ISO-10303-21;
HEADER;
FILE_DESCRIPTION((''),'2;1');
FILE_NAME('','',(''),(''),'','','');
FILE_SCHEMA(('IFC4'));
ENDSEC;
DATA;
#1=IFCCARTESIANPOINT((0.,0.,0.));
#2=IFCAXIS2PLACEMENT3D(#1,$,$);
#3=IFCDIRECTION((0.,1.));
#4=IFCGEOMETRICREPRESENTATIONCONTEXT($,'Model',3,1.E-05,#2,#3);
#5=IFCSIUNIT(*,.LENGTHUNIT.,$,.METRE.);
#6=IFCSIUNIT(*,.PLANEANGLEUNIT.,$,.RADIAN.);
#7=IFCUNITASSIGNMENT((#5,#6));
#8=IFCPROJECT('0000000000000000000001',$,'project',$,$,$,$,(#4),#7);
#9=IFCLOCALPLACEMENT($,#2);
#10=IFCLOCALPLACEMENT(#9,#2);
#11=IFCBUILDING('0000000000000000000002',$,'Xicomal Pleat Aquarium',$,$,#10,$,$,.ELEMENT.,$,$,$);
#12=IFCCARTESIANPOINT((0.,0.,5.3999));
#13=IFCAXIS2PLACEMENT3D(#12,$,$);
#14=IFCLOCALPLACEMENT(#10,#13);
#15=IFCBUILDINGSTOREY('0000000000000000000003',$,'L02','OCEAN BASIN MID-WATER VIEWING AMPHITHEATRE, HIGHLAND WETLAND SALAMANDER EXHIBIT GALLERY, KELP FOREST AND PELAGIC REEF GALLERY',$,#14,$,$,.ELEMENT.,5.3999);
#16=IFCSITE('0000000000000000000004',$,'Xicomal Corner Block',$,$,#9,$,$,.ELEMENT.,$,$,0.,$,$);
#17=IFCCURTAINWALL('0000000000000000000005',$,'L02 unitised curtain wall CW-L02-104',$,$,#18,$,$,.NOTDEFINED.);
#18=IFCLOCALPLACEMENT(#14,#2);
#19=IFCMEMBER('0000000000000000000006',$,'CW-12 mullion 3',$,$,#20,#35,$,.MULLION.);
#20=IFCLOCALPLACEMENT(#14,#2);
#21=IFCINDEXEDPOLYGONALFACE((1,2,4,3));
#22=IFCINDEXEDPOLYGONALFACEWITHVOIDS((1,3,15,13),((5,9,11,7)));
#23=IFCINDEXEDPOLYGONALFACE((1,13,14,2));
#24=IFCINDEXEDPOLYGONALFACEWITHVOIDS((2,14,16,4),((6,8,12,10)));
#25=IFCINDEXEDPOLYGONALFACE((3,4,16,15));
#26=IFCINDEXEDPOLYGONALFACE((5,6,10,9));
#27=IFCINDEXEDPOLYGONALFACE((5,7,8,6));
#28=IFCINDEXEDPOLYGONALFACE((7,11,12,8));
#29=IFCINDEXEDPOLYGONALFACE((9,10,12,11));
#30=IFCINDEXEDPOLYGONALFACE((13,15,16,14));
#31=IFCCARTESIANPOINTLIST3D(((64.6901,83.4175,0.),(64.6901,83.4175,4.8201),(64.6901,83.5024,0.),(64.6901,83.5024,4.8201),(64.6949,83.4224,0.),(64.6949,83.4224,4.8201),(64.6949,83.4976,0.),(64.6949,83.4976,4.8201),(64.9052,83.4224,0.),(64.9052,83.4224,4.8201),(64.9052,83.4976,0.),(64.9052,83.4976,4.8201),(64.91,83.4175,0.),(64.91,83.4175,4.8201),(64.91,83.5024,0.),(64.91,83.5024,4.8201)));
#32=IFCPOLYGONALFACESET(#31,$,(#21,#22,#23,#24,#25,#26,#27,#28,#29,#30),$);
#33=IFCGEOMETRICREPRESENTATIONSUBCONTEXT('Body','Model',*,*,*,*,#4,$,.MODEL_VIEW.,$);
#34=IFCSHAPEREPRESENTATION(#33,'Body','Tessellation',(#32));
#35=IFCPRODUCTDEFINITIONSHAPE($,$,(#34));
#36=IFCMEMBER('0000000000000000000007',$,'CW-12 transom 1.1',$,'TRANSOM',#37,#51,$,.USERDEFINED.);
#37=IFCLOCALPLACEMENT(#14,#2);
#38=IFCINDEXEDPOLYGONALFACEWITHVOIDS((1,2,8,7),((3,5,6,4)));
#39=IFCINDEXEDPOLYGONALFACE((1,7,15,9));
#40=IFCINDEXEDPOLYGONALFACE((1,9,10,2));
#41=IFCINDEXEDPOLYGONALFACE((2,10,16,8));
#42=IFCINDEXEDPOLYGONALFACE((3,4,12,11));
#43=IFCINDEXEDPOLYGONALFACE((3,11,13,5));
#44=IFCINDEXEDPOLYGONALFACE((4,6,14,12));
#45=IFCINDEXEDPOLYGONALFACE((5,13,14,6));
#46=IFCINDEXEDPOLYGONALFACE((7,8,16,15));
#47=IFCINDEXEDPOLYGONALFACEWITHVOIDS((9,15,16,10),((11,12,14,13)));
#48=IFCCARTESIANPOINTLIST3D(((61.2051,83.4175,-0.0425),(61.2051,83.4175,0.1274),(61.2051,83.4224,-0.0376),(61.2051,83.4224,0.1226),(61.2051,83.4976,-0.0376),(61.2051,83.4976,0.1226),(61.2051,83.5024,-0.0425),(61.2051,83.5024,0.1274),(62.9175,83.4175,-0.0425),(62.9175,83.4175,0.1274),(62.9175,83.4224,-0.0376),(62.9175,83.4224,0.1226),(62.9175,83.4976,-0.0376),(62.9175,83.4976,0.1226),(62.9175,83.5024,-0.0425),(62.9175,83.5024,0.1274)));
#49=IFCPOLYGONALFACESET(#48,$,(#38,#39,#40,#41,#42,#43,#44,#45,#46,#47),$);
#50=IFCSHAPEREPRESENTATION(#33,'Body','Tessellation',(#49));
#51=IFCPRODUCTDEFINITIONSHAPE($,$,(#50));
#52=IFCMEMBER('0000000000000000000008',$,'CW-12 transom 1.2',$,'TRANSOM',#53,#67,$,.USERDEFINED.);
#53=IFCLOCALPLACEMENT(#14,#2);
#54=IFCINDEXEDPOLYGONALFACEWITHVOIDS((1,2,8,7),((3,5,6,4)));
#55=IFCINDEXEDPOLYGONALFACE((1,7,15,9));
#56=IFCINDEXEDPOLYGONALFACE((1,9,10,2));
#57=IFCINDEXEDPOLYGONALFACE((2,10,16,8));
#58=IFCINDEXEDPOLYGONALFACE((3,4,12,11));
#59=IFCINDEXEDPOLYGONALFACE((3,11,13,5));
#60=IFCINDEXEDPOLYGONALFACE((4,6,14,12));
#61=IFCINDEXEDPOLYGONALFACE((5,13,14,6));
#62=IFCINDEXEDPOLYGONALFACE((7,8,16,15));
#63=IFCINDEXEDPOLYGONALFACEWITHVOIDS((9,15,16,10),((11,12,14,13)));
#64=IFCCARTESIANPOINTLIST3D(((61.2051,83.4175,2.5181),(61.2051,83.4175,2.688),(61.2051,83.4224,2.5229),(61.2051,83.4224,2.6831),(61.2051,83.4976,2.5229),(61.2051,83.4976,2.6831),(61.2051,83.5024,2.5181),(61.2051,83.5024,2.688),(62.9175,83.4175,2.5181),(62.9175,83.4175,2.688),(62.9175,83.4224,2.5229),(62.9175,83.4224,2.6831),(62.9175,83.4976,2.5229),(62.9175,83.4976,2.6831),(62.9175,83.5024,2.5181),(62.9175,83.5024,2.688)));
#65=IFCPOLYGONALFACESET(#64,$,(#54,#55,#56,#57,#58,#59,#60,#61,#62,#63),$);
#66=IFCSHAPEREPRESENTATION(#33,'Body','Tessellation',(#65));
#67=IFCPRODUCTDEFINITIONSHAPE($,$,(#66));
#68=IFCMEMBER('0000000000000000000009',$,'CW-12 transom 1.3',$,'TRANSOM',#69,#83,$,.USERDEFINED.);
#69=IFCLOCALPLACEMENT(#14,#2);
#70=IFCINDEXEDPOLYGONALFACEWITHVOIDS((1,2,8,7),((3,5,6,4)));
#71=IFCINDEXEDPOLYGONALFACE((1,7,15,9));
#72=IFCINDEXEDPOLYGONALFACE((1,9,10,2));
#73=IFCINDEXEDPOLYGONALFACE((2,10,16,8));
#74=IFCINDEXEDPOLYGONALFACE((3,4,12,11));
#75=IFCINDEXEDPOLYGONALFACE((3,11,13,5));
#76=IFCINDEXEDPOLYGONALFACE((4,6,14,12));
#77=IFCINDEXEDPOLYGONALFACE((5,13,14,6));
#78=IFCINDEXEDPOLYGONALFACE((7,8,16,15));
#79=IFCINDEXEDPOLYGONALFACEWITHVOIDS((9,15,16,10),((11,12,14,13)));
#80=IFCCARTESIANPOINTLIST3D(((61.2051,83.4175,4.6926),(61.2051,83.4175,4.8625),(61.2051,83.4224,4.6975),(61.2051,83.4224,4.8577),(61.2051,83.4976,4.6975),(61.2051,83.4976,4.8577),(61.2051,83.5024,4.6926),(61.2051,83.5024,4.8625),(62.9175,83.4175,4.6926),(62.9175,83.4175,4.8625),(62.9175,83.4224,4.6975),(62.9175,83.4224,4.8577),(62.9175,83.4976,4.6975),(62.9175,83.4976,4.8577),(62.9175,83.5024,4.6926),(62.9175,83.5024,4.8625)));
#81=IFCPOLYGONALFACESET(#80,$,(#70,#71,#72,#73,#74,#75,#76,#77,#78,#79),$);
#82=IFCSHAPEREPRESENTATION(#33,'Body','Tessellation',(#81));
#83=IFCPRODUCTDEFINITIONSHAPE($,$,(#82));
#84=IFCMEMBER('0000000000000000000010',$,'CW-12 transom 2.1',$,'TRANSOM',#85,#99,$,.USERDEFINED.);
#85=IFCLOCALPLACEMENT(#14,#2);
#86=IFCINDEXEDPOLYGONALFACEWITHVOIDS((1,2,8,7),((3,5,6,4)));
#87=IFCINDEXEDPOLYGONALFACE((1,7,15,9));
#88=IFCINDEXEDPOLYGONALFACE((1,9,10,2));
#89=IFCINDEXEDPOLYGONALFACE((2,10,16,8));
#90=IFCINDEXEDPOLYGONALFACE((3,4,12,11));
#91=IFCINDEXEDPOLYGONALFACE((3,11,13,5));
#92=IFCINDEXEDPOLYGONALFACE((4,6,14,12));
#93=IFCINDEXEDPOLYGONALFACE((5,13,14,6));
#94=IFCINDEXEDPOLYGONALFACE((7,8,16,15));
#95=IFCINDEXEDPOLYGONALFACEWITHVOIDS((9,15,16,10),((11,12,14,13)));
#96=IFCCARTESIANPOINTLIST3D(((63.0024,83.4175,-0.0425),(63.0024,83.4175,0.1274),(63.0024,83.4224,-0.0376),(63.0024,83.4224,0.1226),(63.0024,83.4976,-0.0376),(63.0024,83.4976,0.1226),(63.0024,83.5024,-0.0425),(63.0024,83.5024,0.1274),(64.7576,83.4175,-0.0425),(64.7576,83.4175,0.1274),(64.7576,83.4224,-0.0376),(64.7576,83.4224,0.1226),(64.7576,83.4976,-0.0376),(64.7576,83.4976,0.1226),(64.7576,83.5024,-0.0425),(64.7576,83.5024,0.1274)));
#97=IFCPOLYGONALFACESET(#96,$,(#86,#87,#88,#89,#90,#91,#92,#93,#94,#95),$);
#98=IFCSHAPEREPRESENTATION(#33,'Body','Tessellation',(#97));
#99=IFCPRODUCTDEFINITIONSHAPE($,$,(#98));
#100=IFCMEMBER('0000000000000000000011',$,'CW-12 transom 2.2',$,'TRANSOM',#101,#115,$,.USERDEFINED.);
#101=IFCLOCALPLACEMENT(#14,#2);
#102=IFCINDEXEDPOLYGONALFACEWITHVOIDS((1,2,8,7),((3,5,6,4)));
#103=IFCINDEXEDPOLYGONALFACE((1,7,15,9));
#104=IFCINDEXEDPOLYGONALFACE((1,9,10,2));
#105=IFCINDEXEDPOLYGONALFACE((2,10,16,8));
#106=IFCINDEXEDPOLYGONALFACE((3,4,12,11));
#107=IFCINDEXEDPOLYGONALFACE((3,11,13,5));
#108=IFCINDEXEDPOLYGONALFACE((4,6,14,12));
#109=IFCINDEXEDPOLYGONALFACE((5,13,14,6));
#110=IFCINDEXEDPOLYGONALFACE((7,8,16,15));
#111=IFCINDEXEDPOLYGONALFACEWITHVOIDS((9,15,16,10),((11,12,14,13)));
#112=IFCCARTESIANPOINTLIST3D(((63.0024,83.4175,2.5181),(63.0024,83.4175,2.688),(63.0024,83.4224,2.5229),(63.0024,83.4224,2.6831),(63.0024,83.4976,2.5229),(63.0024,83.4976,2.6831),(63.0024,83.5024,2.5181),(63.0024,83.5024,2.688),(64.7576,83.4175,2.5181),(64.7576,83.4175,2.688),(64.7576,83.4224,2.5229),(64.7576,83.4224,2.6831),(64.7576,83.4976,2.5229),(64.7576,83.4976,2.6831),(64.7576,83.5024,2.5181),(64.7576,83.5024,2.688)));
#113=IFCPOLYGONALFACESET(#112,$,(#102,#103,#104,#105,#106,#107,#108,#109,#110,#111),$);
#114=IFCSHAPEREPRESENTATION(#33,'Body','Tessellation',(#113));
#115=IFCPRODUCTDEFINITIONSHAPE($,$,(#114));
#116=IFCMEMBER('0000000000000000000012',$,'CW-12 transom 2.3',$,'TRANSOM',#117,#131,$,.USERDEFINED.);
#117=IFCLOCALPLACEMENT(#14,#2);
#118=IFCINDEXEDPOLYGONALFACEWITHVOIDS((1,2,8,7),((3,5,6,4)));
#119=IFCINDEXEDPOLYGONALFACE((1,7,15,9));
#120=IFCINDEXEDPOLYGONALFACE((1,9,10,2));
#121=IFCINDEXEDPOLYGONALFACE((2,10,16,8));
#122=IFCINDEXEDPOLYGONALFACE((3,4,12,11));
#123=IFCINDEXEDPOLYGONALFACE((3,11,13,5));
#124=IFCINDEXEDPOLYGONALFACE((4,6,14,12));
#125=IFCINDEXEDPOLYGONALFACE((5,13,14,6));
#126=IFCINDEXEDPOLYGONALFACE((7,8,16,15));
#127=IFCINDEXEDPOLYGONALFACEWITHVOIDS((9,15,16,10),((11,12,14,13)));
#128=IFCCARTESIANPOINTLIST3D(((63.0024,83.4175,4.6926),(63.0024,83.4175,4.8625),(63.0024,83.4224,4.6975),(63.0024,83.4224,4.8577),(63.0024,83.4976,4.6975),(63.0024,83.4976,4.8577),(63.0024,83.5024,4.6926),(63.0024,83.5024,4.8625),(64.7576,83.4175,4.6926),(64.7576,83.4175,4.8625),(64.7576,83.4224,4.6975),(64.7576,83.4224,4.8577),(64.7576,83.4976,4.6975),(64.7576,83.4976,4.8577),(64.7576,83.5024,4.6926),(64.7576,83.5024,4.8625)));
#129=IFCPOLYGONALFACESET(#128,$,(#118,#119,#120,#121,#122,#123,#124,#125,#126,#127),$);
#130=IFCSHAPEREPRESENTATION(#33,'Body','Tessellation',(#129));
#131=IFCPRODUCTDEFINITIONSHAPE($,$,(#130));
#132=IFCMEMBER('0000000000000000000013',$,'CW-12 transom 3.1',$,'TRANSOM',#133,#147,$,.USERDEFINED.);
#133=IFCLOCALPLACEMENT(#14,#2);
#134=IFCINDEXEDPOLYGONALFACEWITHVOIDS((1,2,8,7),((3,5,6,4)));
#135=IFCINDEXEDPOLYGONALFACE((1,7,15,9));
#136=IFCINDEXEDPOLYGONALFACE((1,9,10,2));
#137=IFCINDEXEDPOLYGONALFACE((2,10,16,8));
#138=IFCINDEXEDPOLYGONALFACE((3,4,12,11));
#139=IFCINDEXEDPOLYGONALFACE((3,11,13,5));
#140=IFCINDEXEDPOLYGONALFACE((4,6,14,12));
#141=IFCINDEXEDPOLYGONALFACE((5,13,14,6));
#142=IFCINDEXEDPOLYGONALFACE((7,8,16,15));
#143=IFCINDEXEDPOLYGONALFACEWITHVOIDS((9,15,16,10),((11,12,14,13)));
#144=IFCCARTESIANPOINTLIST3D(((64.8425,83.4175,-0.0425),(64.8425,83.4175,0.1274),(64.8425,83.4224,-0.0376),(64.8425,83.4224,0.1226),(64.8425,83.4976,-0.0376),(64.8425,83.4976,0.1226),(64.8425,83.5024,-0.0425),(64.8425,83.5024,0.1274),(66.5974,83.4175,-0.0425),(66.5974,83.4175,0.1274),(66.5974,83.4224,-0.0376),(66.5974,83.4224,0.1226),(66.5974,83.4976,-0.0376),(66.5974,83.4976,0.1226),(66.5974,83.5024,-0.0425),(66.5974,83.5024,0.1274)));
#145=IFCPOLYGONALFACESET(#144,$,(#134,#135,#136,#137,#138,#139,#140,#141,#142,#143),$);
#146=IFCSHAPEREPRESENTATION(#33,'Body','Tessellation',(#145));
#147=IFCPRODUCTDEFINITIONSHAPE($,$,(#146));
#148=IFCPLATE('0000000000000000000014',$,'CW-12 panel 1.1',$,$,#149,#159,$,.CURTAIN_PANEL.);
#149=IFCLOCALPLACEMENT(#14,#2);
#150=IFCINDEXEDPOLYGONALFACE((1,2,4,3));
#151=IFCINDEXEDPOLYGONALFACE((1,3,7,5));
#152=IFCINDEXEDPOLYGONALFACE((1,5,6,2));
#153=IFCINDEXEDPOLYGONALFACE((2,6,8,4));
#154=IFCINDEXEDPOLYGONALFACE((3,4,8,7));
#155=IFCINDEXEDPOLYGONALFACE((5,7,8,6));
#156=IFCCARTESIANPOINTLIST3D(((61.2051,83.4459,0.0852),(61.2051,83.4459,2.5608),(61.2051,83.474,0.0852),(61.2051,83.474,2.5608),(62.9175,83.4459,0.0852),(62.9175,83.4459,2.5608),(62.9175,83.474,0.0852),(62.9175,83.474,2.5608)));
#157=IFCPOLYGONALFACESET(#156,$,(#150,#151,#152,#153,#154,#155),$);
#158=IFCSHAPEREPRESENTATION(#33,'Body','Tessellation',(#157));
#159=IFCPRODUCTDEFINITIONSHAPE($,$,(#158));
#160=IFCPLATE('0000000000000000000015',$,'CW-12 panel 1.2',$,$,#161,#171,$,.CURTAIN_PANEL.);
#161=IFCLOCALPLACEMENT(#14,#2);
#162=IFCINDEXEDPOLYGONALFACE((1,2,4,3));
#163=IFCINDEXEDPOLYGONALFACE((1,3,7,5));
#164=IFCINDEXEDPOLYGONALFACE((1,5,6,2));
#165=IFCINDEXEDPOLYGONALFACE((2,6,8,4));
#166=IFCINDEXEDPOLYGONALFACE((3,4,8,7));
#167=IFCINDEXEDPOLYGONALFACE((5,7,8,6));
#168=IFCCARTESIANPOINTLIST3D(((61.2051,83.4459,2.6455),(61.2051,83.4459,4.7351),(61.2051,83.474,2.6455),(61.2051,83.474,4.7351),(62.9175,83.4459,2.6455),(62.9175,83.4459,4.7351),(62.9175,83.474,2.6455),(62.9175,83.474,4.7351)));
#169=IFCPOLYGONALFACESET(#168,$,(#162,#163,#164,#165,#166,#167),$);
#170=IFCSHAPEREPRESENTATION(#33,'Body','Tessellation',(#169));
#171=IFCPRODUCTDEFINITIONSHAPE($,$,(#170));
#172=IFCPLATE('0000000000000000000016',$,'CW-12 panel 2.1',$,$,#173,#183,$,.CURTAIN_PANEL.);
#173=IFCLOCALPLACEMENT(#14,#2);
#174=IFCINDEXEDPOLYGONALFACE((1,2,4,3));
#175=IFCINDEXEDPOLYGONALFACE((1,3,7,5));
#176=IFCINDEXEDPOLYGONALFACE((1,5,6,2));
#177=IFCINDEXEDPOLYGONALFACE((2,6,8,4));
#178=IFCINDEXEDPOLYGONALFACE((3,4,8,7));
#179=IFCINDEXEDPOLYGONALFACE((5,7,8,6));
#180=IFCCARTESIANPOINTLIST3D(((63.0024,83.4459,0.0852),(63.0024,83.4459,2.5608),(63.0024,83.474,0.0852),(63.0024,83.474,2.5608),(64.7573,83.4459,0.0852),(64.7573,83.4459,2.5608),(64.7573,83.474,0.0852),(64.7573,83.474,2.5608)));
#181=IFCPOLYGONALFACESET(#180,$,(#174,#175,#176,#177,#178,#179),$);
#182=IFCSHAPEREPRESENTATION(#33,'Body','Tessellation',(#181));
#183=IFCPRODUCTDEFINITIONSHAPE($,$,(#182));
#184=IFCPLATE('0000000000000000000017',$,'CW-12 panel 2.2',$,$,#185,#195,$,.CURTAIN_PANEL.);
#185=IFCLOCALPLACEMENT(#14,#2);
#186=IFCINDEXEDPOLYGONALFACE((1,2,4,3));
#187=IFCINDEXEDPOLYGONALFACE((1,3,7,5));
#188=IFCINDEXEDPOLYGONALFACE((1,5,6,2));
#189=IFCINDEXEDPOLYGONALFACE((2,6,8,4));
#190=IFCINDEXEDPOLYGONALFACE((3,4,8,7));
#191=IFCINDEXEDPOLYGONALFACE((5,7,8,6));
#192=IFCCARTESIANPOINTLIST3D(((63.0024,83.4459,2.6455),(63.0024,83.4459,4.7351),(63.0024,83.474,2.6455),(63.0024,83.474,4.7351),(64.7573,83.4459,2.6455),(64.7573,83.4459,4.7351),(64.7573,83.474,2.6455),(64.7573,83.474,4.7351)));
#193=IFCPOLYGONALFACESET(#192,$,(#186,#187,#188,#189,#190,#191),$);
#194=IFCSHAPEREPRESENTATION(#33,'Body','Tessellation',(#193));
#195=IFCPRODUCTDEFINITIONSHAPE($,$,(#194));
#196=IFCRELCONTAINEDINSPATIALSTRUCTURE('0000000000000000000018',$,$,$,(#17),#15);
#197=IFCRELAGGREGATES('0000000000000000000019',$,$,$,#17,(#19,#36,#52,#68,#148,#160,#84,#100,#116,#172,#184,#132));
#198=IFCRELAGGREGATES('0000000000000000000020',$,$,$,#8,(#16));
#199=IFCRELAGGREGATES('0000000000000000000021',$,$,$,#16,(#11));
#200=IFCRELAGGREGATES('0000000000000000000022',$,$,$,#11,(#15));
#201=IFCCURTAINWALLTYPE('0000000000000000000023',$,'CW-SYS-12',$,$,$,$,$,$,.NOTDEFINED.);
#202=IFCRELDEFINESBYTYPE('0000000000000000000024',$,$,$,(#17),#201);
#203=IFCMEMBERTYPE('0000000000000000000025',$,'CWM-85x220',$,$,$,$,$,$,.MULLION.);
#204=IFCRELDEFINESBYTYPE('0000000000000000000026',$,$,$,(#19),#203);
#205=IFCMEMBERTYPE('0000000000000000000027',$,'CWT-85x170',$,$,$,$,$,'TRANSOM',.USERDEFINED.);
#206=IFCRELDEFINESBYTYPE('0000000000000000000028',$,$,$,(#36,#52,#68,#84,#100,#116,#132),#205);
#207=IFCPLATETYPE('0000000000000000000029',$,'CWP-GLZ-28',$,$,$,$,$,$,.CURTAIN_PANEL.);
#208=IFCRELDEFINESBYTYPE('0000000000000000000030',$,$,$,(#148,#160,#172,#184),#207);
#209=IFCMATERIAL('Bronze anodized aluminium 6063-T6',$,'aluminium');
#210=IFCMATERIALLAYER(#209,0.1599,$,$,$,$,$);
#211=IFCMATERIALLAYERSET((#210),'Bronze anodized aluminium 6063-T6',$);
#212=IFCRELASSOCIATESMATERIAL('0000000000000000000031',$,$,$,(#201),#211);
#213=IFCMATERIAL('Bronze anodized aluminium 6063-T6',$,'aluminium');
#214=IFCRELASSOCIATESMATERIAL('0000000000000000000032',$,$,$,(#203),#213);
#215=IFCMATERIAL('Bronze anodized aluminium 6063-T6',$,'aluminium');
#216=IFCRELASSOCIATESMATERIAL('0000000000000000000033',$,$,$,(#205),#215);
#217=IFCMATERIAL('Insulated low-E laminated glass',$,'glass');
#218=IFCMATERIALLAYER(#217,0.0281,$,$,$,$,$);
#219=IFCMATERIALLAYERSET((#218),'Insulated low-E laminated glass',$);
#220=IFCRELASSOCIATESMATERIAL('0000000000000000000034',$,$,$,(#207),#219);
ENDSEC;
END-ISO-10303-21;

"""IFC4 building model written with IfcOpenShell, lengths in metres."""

from ifc_helpers import new_model, si_unit, direction, frame, origin, origin_2d, place, context, subcontext, project, spatial, rectangle, hollow_rectangle, extrude, material, layer, layer_set, material_profile, profile_set, type_object, element, aggregate, save


model = new_model("IFC4")

# Units and contexts
model_context = context("Model", 3, precision=1e-05, world=origin(), true_north=direction((0.0, 1.0)))
body_context = subcontext(model_context, "Body", "Model", "MODEL_VIEW")
ifc_project = project(units=[si_unit("LENGTHUNIT", "METRE"), si_unit("PLANEANGLEUNIT", "RADIAN")], contexts=[model_context])

# Site, building, storey
site_placement = place(None, origin())
site = spatial("IfcSite", under=ifc_project, at=site_placement, Name="Xicomal Corner Block", CompositionType="ELEMENT", RefElevation=0.0)
building_placement = place(site_placement, origin())
building = spatial("IfcBuilding", under=site, at=building_placement, Name="Xicomal Pleat Aquarium", CompositionType="ELEMENT")
storey_placement = place(building_placement, frame((0.0, 0.0, 5.3999)))
storey = spatial("IfcBuildingStorey", under=building, at=storey_placement, Name="L02", Description="OCEAN BASIN MID-WATER VIEWING AMPHITHEATRE, HIGHLAND WETLAND SALAMANDER EXHIBIT GALLERY, KELP FOREST AND PELAGIC REEF GALLERY", CompositionType="ELEMENT", Elevation=5.3999)

# Curtain wall, members, plates
ifc_material_1 = material(Name="Bronze anodized aluminium 6063-T6", Category="aluminium")
ifc_layer_1 = layer(ifc_material_1, 0.1599)
ifc_layer_set_1 = layer_set([ifc_layer_1], Name="Bronze anodized aluminium 6063-T6")
curtain_wall_type = type_object("IfcCurtainWallType", Name="CW-SYS-12", PredefinedType="NOTDEFINED", material=ifc_layer_set_1)
curtain_wall_placement = place(storey_placement, origin())
curtain_wall = element("IfcCurtainWall", 1, at=curtain_wall_placement, inside=storey, type_object=curtain_wall_type, Name="L02 unitised curtain wall CW-L02-104", PredefinedType="NOTDEFINED")
ifc_material_2 = material(Name="Bronze anodized aluminium 6063-T6", Category="aluminium")
ifc_material_profile_1 = material_profile(ifc_material_2, hollow_rectangle(XDim=0.085, YDim=0.22, WallThickness=0.0049, at=origin_2d()), Name="ALU MULL 85x220")
ifc_profile_set_1 = profile_set([ifc_material_profile_1], Name="Bronze anodized aluminium 6063-T6")
member_type_1 = type_object("IfcMemberType", Name="CWM-85x220", PredefinedType="MULLION", material=ifc_profile_set_1)
member_1_placement = place(storey_placement, frame((64.8, 83.46, 0.0), z_axis=(0.0, 0.0, 1.0), x_axis=(0.0, 1.0, 0.0)))
member_1 = element("IfcMember", 2, at=member_1_placement, type_object=member_type_1, Name="CW-12 mullion 3", PredefinedType="MULLION", context=body_context, shape_type="SweptSolid", body=[
    extrude(hollow_rectangle(XDim=0.085, YDim=0.22, WallThickness=0.0049, at=origin_2d()), origin(), (0.0, 0.0, 1.0), 4.8201),
])
ifc_material_3 = material(Name="Bronze anodized aluminium 6063-T6", Category="aluminium")
ifc_material_profile_2 = material_profile(ifc_material_3, hollow_rectangle(XDim=0.085, YDim=0.1699, WallThickness=0.0049, at=origin_2d()), Name="ALU TRAN 85x170")
ifc_profile_set_2 = profile_set([ifc_material_profile_2], Name="Bronze anodized aluminium 6063-T6")
member_type_2 = type_object("IfcMemberType", Name="CWT-85x170", ElementType="TRANSOM", PredefinedType="USERDEFINED", material=ifc_profile_set_2)
member_2_placement = place(storey_placement, frame((61.2051, 83.46, 0.0425), z_axis=(1.0, 0.0, 0.0), x_axis=(0.0, 1.0, 0.0)))
member_2 = element("IfcMember", 3, at=member_2_placement, type_object=member_type_2, Name="CW-12 transom 1.1", ObjectType="TRANSOM", PredefinedType="USERDEFINED", context=body_context, shape_type="SweptSolid", body=[
    extrude(hollow_rectangle(XDim=0.085, YDim=0.1699, WallThickness=0.0049, at=origin_2d()), origin(), (0.0, 0.0, 1.0), 1.7124),
])
member_3_placement = place(storey_placement, frame((61.2051, 83.46, 2.603), z_axis=(1.0, 0.0, 0.0), x_axis=(0.0, 1.0, 0.0)))
member_3 = element("IfcMember", 4, at=member_3_placement, type_object=member_type_2, Name="CW-12 transom 1.2", ObjectType="TRANSOM", PredefinedType="USERDEFINED", context=body_context, shape_type="SweptSolid", body=[
    extrude(hollow_rectangle(XDim=0.085, YDim=0.1699, WallThickness=0.0049, at=origin_2d()), origin(), (0.0, 0.0, 1.0), 1.7124),
])
member_4_placement = place(storey_placement, frame((61.2051, 83.46, 4.7776), z_axis=(1.0, 0.0, 0.0), x_axis=(0.0, 1.0, 0.0)))
member_4 = element("IfcMember", 5, at=member_4_placement, type_object=member_type_2, Name="CW-12 transom 1.3", ObjectType="TRANSOM", PredefinedType="USERDEFINED", context=body_context, shape_type="SweptSolid", body=[
    extrude(hollow_rectangle(XDim=0.085, YDim=0.1699, WallThickness=0.0049, at=origin_2d()), origin(), (0.0, 0.0, 1.0), 1.7124),
])
member_5_placement = place(storey_placement, frame((63.0024, 83.46, 0.0425), z_axis=(1.0, 0.0, 0.0), x_axis=(0.0, 1.0, 0.0)))
member_5 = element("IfcMember", 6, at=member_5_placement, type_object=member_type_2, Name="CW-12 transom 2.1", ObjectType="TRANSOM", PredefinedType="USERDEFINED", context=body_context, shape_type="SweptSolid", body=[
    extrude(hollow_rectangle(XDim=0.085, YDim=0.1699, WallThickness=0.0049, at=origin_2d()), origin(), (0.0, 0.0, 1.0), 1.7551),
])
member_6_placement = place(storey_placement, frame((63.0024, 83.46, 2.603), z_axis=(1.0, 0.0, 0.0), x_axis=(0.0, 1.0, 0.0)))
member_6 = element("IfcMember", 7, at=member_6_placement, type_object=member_type_2, Name="CW-12 transom 2.2", ObjectType="TRANSOM", PredefinedType="USERDEFINED", context=body_context, shape_type="SweptSolid", body=[
    extrude(hollow_rectangle(XDim=0.085, YDim=0.1699, WallThickness=0.0049, at=origin_2d()), origin(), (0.0, 0.0, 1.0), 1.7551),
])
member_7_placement = place(storey_placement, frame((63.0024, 83.46, 4.7776), z_axis=(1.0, 0.0, 0.0), x_axis=(0.0, 1.0, 0.0)))
member_7 = element("IfcMember", 8, at=member_7_placement, type_object=member_type_2, Name="CW-12 transom 2.3", ObjectType="TRANSOM", PredefinedType="USERDEFINED", context=body_context, shape_type="SweptSolid", body=[
    extrude(hollow_rectangle(XDim=0.085, YDim=0.1699, WallThickness=0.0049, at=origin_2d()), origin(), (0.0, 0.0, 1.0), 1.7551),
])
member_8_placement = place(storey_placement, frame((64.8425, 83.46, 0.0425), z_axis=(1.0, 0.0, 0.0), x_axis=(0.0, 1.0, 0.0)))
member_8 = element("IfcMember", 9, at=member_8_placement, type_object=member_type_2, Name="CW-12 transom 3.1", ObjectType="TRANSOM", PredefinedType="USERDEFINED", context=body_context, shape_type="SweptSolid", body=[
    extrude(hollow_rectangle(XDim=0.085, YDim=0.1699, WallThickness=0.0049, at=origin_2d()), origin(), (0.0, 0.0, 1.0), 1.7549),
])
ifc_material_4 = material(Name="Insulated low-E laminated glass", Category="glass")
ifc_layer_2 = layer(ifc_material_4, 0.0281)
ifc_layer_set_2 = layer_set([ifc_layer_2], Name="Insulated low-E laminated glass")
plate_type = type_object("IfcPlateType", Name="CWP-GLZ-28", PredefinedType="CURTAIN_PANEL", material=ifc_layer_set_2)
plate_1_placement = place(storey_placement, frame((62.0613, 83.46, 0.0852), z_axis=(0.0, 0.0, 1.0), x_axis=(1.0, 0.0, 0.0)))
plate_1 = element("IfcPlate", 10, at=plate_1_placement, type_object=plate_type, Name="CW-12 panel 1.1", PredefinedType="CURTAIN_PANEL", context=body_context, shape_type="SweptSolid", body=[
    extrude(rectangle(XDim=1.7124, YDim=0.0281, at=origin_2d()), origin(), (0.0, 0.0, 1.0), 2.4756),
])
plate_2_placement = place(storey_placement, frame((62.0613, 83.46, 2.6455), z_axis=(0.0, 0.0, 1.0), x_axis=(1.0, 0.0, 0.0)))
plate_2 = element("IfcPlate", 11, at=plate_2_placement, type_object=plate_type, Name="CW-12 panel 1.2", PredefinedType="CURTAIN_PANEL", context=body_context, shape_type="SweptSolid", body=[
    extrude(rectangle(XDim=1.7124, YDim=0.0281, at=origin_2d()), origin(), (0.0, 0.0, 1.0), 2.0896),
])
plate_3_placement = place(storey_placement, frame((63.8799, 83.46, 0.0852), z_axis=(0.0, 0.0, 1.0), x_axis=(1.0, 0.0, 0.0)))
plate_3 = element("IfcPlate", 12, at=plate_3_placement, type_object=plate_type, Name="CW-12 panel 2.1", PredefinedType="CURTAIN_PANEL", context=body_context, shape_type="SweptSolid", body=[
    extrude(rectangle(XDim=1.7549, YDim=0.0281, at=origin_2d()), origin(), (0.0, 0.0, 1.0), 2.4756),
])
plate_4_placement = place(storey_placement, frame((63.8799, 83.46, 2.6455), z_axis=(0.0, 0.0, 1.0), x_axis=(1.0, 0.0, 0.0)))
plate_4 = element("IfcPlate", 13, at=plate_4_placement, type_object=plate_type, Name="CW-12 panel 2.2", PredefinedType="CURTAIN_PANEL", context=body_context, shape_type="SweptSolid", body=[
    extrude(rectangle(XDim=1.7549, YDim=0.0281, at=origin_2d()), origin(), (0.0, 0.0, 1.0), 2.0896),
])
aggregate(curtain_wall, [member_1, member_2, member_3, member_4, plate_1, plate_2, member_5, member_6, member_7, plate_3, plate_4, member_8])

save(model, "model.ifc")
